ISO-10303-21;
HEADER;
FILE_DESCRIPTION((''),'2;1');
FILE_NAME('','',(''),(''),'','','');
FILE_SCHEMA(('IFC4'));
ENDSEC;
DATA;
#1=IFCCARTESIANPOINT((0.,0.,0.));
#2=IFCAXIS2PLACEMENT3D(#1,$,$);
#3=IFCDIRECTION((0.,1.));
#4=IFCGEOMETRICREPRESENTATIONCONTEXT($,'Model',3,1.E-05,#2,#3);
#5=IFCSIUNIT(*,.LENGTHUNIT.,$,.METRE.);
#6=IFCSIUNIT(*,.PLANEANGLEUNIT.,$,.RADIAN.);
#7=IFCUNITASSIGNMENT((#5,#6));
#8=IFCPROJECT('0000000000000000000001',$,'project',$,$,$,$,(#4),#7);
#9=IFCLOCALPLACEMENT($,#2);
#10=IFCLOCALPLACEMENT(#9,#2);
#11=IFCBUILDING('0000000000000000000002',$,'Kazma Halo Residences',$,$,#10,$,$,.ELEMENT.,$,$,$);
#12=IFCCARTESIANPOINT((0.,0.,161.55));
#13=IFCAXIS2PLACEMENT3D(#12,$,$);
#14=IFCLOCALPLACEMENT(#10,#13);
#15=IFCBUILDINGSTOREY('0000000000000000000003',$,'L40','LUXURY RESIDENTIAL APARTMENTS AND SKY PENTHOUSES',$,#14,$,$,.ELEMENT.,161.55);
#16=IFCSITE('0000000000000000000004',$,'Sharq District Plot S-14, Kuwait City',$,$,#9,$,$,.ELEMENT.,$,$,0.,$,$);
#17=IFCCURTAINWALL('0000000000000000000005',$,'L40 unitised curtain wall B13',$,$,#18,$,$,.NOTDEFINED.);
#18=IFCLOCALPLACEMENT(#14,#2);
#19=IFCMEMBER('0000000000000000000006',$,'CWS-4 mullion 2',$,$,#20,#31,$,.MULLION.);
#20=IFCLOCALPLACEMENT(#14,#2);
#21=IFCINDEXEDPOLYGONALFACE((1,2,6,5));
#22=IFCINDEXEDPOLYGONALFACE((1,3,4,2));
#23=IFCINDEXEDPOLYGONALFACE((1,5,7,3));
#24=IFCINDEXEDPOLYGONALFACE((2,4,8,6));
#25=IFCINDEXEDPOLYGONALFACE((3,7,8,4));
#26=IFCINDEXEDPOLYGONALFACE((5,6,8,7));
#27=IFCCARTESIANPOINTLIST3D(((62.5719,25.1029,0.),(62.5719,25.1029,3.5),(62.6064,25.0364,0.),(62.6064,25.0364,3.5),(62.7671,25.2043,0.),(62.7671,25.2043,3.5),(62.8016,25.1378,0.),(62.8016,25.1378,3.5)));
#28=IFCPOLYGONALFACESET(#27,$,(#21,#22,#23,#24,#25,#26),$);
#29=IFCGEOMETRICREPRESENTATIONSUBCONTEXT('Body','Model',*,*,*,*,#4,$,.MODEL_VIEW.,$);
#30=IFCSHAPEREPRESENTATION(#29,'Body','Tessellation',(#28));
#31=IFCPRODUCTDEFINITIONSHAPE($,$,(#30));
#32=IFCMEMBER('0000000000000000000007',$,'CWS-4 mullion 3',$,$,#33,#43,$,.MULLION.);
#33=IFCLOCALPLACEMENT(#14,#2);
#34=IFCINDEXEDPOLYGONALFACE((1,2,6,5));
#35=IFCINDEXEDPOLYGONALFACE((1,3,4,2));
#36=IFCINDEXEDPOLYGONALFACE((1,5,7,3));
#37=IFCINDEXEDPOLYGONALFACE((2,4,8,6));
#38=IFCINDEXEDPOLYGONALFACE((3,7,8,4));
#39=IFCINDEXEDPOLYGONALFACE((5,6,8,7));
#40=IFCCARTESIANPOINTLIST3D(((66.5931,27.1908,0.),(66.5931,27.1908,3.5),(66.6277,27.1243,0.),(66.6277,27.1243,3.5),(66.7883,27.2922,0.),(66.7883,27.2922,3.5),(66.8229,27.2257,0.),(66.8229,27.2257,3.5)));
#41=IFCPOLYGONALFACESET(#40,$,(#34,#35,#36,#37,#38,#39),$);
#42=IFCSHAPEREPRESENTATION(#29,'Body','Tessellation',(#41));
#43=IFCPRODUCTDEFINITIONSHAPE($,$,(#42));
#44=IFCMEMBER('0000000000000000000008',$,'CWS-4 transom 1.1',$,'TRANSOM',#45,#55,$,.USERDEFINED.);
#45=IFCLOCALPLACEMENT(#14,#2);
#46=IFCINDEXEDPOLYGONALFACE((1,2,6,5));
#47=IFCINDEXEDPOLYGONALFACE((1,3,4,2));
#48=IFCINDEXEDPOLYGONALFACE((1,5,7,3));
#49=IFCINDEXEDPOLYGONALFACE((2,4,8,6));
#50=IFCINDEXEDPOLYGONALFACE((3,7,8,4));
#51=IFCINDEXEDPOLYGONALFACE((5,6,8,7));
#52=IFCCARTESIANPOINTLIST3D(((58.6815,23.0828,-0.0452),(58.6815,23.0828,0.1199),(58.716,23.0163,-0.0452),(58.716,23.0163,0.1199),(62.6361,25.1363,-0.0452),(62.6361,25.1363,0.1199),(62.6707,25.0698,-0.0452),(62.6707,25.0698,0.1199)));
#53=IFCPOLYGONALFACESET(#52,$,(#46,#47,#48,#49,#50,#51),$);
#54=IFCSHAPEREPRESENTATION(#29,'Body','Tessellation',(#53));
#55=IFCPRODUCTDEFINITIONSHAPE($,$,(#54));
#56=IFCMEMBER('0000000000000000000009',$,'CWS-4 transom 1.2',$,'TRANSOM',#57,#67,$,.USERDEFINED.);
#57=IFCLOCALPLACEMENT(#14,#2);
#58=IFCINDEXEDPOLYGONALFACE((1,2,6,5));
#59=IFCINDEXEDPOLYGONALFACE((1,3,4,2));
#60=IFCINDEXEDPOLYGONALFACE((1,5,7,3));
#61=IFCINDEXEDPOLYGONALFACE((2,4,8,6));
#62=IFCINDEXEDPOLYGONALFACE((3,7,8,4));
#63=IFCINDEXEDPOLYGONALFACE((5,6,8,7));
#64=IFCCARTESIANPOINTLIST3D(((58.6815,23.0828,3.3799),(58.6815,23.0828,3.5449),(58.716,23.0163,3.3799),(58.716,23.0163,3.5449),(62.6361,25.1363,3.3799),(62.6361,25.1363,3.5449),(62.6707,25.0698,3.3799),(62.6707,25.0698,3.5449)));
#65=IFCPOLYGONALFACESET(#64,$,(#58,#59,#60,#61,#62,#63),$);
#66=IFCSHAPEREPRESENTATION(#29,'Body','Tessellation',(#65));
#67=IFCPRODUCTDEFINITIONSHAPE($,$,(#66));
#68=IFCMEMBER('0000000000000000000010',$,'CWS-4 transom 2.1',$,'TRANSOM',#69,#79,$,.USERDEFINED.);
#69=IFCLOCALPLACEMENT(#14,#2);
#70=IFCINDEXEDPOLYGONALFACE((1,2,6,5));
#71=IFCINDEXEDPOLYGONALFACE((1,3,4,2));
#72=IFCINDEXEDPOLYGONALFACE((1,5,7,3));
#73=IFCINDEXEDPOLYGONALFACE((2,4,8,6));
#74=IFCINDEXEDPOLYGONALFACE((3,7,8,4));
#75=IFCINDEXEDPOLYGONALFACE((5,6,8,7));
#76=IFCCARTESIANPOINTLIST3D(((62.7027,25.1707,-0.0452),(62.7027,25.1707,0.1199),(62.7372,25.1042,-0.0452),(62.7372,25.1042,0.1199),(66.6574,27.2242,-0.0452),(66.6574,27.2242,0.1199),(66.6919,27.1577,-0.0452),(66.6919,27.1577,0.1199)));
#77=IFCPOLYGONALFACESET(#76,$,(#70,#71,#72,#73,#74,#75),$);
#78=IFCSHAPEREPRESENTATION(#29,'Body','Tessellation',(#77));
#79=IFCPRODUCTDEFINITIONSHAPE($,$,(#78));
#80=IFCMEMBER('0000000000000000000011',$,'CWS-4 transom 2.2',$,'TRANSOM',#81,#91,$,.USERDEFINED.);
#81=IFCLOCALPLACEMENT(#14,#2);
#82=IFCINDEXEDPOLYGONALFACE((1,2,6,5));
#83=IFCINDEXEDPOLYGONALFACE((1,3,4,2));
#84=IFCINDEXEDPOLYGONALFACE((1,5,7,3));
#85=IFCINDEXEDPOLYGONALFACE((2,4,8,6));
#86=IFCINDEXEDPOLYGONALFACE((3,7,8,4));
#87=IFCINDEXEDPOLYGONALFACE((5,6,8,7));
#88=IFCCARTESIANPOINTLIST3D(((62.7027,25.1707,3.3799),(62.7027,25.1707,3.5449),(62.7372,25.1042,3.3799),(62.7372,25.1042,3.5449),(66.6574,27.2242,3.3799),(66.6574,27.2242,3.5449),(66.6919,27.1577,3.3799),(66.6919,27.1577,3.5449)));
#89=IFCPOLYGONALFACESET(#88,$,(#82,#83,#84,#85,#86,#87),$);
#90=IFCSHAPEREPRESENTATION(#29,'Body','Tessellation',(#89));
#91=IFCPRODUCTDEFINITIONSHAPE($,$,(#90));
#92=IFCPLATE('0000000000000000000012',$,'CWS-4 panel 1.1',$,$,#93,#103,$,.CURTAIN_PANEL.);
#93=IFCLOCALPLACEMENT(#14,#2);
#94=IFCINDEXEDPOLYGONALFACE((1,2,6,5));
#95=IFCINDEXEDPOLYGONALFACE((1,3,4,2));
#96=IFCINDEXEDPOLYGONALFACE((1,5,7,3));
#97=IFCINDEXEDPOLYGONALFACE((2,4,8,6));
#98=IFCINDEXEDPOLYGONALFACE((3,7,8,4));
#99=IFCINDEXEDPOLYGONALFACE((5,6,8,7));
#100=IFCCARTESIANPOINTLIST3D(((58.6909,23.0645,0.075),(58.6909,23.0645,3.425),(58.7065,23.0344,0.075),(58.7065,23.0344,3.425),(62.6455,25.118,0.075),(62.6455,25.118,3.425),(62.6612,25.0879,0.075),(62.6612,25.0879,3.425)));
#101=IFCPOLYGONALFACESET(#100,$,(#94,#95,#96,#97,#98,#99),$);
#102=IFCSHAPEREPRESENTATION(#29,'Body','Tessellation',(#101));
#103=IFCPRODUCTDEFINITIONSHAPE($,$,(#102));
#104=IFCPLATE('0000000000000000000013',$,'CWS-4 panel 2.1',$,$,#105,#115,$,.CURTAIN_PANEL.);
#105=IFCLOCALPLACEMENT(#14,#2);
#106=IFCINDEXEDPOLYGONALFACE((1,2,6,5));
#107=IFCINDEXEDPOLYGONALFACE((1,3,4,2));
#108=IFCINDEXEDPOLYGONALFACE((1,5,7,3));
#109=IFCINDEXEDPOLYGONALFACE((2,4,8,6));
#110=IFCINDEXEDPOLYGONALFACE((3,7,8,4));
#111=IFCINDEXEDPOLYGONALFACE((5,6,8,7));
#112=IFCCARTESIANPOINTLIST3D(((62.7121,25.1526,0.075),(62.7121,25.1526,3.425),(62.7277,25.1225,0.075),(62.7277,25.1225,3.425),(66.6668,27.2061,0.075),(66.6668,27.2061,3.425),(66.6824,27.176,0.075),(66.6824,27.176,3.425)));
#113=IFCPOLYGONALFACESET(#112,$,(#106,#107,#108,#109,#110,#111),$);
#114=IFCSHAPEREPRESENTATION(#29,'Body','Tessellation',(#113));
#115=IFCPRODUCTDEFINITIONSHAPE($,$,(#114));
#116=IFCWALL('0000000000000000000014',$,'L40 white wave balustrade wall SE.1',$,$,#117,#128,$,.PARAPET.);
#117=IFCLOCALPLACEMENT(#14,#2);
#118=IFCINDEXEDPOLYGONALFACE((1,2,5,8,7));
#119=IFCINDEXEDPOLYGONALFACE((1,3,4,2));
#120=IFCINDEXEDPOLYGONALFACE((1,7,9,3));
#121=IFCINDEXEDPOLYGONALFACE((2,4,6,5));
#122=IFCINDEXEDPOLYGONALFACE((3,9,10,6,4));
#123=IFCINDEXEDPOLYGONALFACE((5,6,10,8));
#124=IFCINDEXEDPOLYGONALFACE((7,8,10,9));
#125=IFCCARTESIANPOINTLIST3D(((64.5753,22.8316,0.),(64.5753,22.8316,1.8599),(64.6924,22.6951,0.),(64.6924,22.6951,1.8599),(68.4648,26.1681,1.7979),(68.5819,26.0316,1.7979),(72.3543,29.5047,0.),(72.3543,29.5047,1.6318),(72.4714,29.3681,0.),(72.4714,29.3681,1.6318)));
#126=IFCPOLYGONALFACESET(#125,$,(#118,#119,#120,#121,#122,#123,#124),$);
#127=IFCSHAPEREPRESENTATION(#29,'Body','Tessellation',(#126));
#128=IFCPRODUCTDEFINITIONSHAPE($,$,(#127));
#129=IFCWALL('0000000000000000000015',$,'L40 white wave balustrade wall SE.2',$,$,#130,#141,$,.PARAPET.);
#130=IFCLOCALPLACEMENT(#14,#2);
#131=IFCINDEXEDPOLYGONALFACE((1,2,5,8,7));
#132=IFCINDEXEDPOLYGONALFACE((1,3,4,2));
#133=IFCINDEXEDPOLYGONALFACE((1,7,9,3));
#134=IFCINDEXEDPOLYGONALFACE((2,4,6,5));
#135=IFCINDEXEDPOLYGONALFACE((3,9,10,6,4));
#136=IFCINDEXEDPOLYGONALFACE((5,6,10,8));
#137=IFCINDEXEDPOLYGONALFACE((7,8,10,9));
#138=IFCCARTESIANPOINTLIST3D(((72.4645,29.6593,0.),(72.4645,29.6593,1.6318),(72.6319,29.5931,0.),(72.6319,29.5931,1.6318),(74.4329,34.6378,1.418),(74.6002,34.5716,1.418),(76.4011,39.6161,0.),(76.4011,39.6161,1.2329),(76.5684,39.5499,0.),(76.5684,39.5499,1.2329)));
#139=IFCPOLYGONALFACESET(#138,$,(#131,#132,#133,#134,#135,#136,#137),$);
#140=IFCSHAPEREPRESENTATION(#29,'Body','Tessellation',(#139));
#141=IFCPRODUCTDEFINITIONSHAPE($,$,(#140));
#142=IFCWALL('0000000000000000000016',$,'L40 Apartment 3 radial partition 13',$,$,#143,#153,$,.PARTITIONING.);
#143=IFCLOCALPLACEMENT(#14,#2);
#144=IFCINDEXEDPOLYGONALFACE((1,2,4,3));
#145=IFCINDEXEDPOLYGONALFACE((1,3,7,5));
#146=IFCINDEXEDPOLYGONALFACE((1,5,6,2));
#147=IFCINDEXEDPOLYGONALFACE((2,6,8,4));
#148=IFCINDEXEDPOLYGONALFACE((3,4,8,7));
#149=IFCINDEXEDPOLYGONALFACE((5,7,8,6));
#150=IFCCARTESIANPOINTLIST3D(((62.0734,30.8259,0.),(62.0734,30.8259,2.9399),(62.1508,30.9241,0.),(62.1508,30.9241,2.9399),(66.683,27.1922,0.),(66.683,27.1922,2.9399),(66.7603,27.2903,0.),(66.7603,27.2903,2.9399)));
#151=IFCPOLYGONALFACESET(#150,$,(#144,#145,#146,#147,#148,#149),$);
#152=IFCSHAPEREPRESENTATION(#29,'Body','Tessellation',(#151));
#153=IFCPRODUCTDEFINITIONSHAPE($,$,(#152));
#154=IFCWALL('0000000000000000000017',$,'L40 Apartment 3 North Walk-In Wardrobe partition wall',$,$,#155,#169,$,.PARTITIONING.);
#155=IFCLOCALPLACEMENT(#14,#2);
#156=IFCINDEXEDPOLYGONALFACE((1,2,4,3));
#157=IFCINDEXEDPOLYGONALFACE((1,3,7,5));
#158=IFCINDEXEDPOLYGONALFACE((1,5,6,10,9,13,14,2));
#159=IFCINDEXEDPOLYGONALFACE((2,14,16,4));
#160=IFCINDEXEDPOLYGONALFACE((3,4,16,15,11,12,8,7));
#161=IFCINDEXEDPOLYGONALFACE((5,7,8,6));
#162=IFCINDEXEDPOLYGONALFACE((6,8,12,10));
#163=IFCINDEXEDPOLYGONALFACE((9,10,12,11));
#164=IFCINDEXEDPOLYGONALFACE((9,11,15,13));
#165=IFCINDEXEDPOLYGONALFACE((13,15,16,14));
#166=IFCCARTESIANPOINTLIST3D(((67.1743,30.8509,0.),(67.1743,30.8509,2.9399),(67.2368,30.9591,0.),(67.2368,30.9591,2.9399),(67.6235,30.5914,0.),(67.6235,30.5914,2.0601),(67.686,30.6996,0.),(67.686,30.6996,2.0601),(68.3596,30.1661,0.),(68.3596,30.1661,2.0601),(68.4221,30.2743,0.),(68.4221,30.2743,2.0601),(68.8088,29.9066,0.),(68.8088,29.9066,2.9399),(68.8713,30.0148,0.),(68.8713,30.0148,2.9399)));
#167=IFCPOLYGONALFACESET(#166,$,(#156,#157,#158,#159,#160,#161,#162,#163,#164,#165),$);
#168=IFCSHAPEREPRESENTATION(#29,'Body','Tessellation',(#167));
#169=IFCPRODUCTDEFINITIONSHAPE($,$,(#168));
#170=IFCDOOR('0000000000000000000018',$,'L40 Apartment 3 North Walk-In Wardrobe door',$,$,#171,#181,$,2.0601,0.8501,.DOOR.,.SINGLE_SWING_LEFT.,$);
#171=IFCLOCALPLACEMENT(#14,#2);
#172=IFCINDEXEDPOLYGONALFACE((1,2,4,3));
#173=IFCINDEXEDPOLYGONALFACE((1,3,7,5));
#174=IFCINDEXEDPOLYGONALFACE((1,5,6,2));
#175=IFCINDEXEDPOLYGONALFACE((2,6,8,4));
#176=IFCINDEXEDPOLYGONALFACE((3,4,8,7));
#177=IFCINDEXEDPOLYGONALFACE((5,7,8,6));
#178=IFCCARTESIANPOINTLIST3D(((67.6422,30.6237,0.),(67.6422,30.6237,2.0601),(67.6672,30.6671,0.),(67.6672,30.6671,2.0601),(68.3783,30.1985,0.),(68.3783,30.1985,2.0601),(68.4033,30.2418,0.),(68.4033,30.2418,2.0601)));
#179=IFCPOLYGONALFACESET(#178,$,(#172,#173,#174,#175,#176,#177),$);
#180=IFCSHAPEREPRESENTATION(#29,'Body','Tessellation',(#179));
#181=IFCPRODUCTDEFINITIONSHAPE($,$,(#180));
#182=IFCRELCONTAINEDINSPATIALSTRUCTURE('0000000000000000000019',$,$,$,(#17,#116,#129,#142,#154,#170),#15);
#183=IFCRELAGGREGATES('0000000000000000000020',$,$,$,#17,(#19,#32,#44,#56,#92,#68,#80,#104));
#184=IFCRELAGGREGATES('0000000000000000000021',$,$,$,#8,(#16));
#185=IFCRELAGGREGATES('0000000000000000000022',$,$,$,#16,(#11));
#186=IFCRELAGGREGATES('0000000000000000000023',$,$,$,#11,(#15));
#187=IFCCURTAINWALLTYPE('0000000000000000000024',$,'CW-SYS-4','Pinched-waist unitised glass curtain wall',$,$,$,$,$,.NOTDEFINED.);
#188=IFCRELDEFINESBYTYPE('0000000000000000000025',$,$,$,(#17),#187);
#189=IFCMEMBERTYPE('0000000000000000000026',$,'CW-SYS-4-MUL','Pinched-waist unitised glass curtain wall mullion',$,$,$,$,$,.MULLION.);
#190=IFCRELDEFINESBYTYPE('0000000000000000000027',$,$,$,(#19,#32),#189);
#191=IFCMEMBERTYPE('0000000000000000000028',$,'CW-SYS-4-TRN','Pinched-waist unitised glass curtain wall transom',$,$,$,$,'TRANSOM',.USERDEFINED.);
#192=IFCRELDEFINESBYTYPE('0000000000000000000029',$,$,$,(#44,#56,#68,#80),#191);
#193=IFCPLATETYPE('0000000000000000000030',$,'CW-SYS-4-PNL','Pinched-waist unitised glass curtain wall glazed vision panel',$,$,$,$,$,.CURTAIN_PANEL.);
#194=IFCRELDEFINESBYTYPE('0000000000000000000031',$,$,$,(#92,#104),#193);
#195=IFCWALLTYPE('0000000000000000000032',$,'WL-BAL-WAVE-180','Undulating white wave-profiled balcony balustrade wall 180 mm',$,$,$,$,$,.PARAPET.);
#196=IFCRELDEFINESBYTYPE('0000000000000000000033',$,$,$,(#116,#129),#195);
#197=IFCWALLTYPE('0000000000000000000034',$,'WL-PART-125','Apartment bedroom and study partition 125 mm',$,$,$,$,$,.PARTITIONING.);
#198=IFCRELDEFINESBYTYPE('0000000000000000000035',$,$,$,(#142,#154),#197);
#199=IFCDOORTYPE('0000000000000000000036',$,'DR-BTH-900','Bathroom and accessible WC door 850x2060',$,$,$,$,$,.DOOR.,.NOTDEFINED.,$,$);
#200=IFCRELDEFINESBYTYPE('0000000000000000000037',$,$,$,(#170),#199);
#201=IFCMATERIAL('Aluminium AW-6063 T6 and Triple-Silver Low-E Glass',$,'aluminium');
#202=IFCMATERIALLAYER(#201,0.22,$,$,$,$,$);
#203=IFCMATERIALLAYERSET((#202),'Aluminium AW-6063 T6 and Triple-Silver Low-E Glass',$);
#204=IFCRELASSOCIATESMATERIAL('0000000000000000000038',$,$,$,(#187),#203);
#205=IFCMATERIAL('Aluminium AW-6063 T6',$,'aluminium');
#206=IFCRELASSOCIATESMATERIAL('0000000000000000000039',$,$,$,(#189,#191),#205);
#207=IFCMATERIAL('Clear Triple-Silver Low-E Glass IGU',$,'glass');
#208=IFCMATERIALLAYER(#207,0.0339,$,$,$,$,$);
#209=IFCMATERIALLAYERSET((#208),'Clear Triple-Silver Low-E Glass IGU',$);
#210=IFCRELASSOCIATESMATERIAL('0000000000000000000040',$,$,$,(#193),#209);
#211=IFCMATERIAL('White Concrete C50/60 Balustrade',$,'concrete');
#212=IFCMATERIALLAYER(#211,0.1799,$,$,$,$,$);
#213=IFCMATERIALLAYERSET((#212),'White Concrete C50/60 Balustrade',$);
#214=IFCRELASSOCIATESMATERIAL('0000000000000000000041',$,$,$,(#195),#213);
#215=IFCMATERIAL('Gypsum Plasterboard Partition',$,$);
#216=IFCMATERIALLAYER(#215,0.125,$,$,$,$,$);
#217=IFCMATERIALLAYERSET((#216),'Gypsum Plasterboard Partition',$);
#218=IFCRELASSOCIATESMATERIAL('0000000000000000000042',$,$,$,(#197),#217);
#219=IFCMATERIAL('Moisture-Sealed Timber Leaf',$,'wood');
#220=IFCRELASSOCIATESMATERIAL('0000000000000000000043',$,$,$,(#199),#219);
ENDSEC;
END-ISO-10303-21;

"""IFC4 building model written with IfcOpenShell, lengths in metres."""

from ifc_helpers import new_model, si_unit, direction, frame, frame_2d, origin, origin_2d, place, context, subcontext, project, spatial, polyline, rectangle, outline, extrude, material, layer, layer_set, material_profile, profile_set, type_object, element, fill, aggregate, save


model = new_model("IFC4")

# Units and contexts
model_context = context("Model", 3, precision=1e-05, world=origin(), true_north=direction((0.0, 1.0)))
body_context = subcontext(model_context, "Body", "Model", "MODEL_VIEW")
ifc_project = project(units=[si_unit("LENGTHUNIT", "METRE"), si_unit("PLANEANGLEUNIT", "RADIAN")], contexts=[model_context])

# Site, building, storey
site_placement = place(None, origin())
site = spatial("IfcSite", under=ifc_project, at=site_placement, Name="Sharq District Plot S-14, Kuwait City", CompositionType="ELEMENT", RefElevation=0.0)
building_placement = place(site_placement, origin())
building = spatial("IfcBuilding", under=site, at=building_placement, Name="Kazma Halo Residences", CompositionType="ELEMENT")
storey_placement = place(building_placement, frame((0.0, 0.0, 161.55)))
storey = spatial("IfcBuildingStorey", under=building, at=storey_placement, Name="L40", Description="LUXURY RESIDENTIAL APARTMENTS AND SKY PENTHOUSES", CompositionType="ELEMENT", Elevation=161.55)

# Curtain wall, members, plates
ifc_material_1 = material(Name="Aluminium AW-6063 T6 and Triple-Silver Low-E Glass", Category="aluminium")
ifc_layer_1 = layer(ifc_material_1, 0.22)
ifc_layer_set_1 = layer_set([ifc_layer_1], Name="Aluminium AW-6063 T6 and Triple-Silver Low-E Glass")
curtain_wall_type = type_object("IfcCurtainWallType", Name="CW-SYS-4", Description="Pinched-waist unitised glass curtain wall", PredefinedType="NOTDEFINED", material=ifc_layer_set_1)
curtain_wall_placement = place(storey_placement, origin())
curtain_wall = element("IfcCurtainWall", 1, at=curtain_wall_placement, inside=storey, type_object=curtain_wall_type, Name="L40 unitised curtain wall B13", PredefinedType="NOTDEFINED")
ifc_material_2 = material(Name="Aluminium AW-6063 T6", Category="aluminium")
ifc_material_profile_1 = material_profile(ifc_material_2, rectangle(XDim=0.075, YDim=0.22, at=origin_2d()), Name="CWM-75x220")
ifc_profile_set_1 = profile_set([ifc_material_profile_1], Name="Aluminium AW-6063 T6")
member_type_1 = type_object("IfcMemberType", Name="CW-SYS-4-MUL", Description="Pinched-waist unitised glass curtain wall mullion", PredefinedType="MULLION", material=ifc_profile_set_1)
member_1_placement = place(storey_placement, frame((62.6868, 25.1204, 0.0), z_axis=(0.0, 0.0, 1.0), x_axis=(-0.460837, 0.887485, 0.0)))
member_1 = element("IfcMember", 2, at=member_1_placement, type_object=member_type_1, Name="CWS-4 mullion 2", PredefinedType="MULLION", context=body_context, shape_type="SweptSolid", body=[
    extrude(rectangle(XDim=0.075, YDim=0.22, at=origin_2d()), origin(), (0.0, 0.0, 1.0), 3.5),
])
member_2_placement = place(storey_placement, frame((66.708, 27.2083, 0.0), z_axis=(0.0, 0.0, 1.0), x_axis=(-0.460837, 0.887485, 0.0)))
member_2 = element("IfcMember", 3, at=member_2_placement, type_object=member_type_1, Name="CWS-4 mullion 3", PredefinedType="MULLION", context=body_context, shape_type="SweptSolid", body=[
    extrude(rectangle(XDim=0.075, YDim=0.22, at=origin_2d()), origin(), (0.0, 0.0, 1.0), 3.5),
])
ifc_material_profile_2 = material_profile(ifc_material_2, rectangle(XDim=0.075, YDim=0.165, at=origin_2d()), Name="CWT-75x165")
ifc_profile_set_2 = profile_set([ifc_material_profile_2], Name="Aluminium AW-6063 T6")
member_type_2 = type_object("IfcMemberType", Name="CW-SYS-4-TRN", Description="Pinched-waist unitised glass curtain wall transom", ElementType="TRANSOM", PredefinedType="USERDEFINED", material=ifc_profile_set_2)
member_3_placement = place(storey_placement, frame((58.6987, 23.0496, 0.0374), z_axis=(0.887485, 0.460837, 0.0), x_axis=(-0.460837, 0.887485, 0.0)))
member_3 = element("IfcMember", 4, at=member_3_placement, type_object=member_type_2, Name="CWS-4 transom 1.1", ObjectType="TRANSOM", PredefinedType="USERDEFINED", context=body_context, shape_type="SweptSolid", body=[
    extrude(rectangle(XDim=0.075, YDim=0.165, at=origin_2d()), origin(), (0.0, 0.0, 1.0), 4.4561),
])
member_4_placement = place(storey_placement, frame((58.6987, 23.0496, 3.4624), z_axis=(0.887485, 0.460837, 0.0), x_axis=(-0.460837, 0.887485, 0.0)))
member_4 = element("IfcMember", 5, at=member_4_placement, type_object=member_type_2, Name="CWS-4 transom 1.2", ObjectType="TRANSOM", PredefinedType="USERDEFINED", context=body_context, shape_type="SweptSolid", body=[
    extrude(rectangle(XDim=0.075, YDim=0.165, at=origin_2d()), origin(), (0.0, 0.0, 1.0), 4.4561),
])
member_5_placement = place(storey_placement, frame((62.72, 25.1375, 0.0374), z_axis=(0.887485, 0.460837, 0.0), x_axis=(-0.460837, 0.887485, 0.0)))
member_5 = element("IfcMember", 6, at=member_5_placement, type_object=member_type_2, Name="CWS-4 transom 2.1", ObjectType="TRANSOM", PredefinedType="USERDEFINED", context=body_context, shape_type="SweptSolid", body=[
    extrude(rectangle(XDim=0.075, YDim=0.165, at=origin_2d()), origin(), (0.0, 0.0, 1.0), 4.4561),
])
member_6_placement = place(storey_placement, frame((62.72, 25.1375, 3.4624), z_axis=(0.887485, 0.460837, 0.0), x_axis=(-0.460837, 0.887485, 0.0)))
member_6 = element("IfcMember", 7, at=member_6_placement, type_object=member_type_2, Name="CWS-4 transom 2.2", ObjectType="TRANSOM", PredefinedType="USERDEFINED", context=body_context, shape_type="SweptSolid", body=[
    extrude(rectangle(XDim=0.075, YDim=0.165, at=origin_2d()), origin(), (0.0, 0.0, 1.0), 4.4561),
])
ifc_material_3 = material(Name="Clear Triple-Silver Low-E Glass IGU", Category="glass")
ifc_layer_2 = layer(ifc_material_3, 0.0339)
ifc_layer_set_2 = layer_set([ifc_layer_2], Name="Clear Triple-Silver Low-E Glass IGU")
plate_type = type_object("IfcPlateType", Name="CW-SYS-4-PNL", Description="Pinched-waist unitised glass curtain wall glazed vision panel", PredefinedType="CURTAIN_PANEL", material=ifc_layer_set_2)
plate_1_placement = place(storey_placement, frame((60.676, 24.0762, 0.075), z_axis=(0.0, 0.0, 1.0), x_axis=(0.887485, 0.460837, 0.0)))
plate_1 = element("IfcPlate", 8, at=plate_1_placement, type_object=plate_type, Name="CWS-4 panel 1.1", PredefinedType="CURTAIN_PANEL", context=body_context, shape_type="SweptSolid", body=[
    extrude(rectangle(XDim=4.4561, YDim=0.0339, at=origin_2d()), origin(), (0.0, 0.0, 1.0), 3.3501),
])
plate_2_placement = place(storey_placement, frame((64.6973, 26.1643, 0.075), z_axis=(0.0, 0.0, 1.0), x_axis=(0.887485, 0.460837, 0.0)))
plate_2 = element("IfcPlate", 9, at=plate_2_placement, type_object=plate_type, Name="CWS-4 panel 2.1", PredefinedType="CURTAIN_PANEL", context=body_context, shape_type="SweptSolid", body=[
    extrude(rectangle(XDim=4.4561, YDim=0.0339, at=origin_2d()), origin(), (0.0, 0.0, 1.0), 3.3501),
])
aggregate(curtain_wall, [member_1, member_2, member_3, member_4, plate_1, member_5, member_6, plate_2])

# Walls
ifc_material_4 = material(Name="White Concrete C50/60 Balustrade", Category="concrete")
ifc_layer_3 = layer(ifc_material_4, 0.1799)
ifc_layer_set_3 = layer_set([ifc_layer_3], Name="White Concrete C50/60 Balustrade")
wall_type_1 = type_object("IfcWallType", Name="WL-BAL-WAVE-180", Description="Undulating white wave-profiled balcony balustrade wall 180 mm", PredefinedType="PARAPET", material=ifc_layer_set_3)
wall_1_placement = place(storey_placement, frame((64.6338, 22.7634, 0.0), z_axis=(0.0, 0.0, 1.0), x_axis=(0.758999, 0.651091, 0.0)))
element("IfcWall", 10, at=wall_1_placement, inside=storey, type_object=wall_type_1, Name="L40 white wave balustrade wall SE.1", PredefinedType="PARAPET", context=body_context, shape_type="SweptSolid", body=[
    extrude(outline(polyline([(0.0, 0.0), (10.249, 0.0), (10.249, 1.6318), (5.1245, 1.7979), (0.0, 1.8599), (0.0, 0.0)])), frame((0.0, 0.0898, 0.0), z_axis=(0.0, -1.0, 0.0), x_axis=(1.0, 0.0, 0.0)), (0.0, 0.0, 1.0), 0.1799),
])
wall_2_placement = place(storey_placement, frame((72.5481, 29.6262, 0.0), z_axis=(0.0, 0.0, 1.0), x_axis=(0.367669, 0.929957, 0.0)))
element("IfcWall", 11, at=wall_2_placement, inside=storey, type_object=wall_type_1, Name="L40 white wave balustrade wall SE.2", PredefinedType="PARAPET", context=body_context, shape_type="SweptSolid", body=[
    extrude(outline(polyline([(0.0, 0.0), (10.7068, 0.0), (10.7068, 1.2329), (5.3535, 1.418), (0.0, 1.6318), (0.0, 0.0)])), frame((0.0, 0.0898, 0.0), z_axis=(0.0, -1.0, 0.0), x_axis=(1.0, 0.0, 0.0)), (0.0, 0.0, 1.0), 0.1799),
])

# Wall
ifc_material_5 = material(Name="Gypsum Plasterboard Partition")
ifc_layer_4 = layer(ifc_material_5, 0.125)
ifc_layer_set_4 = layer_set([ifc_layer_4], Name="Gypsum Plasterboard Partition")
wall_type_2 = type_object("IfcWallType", Name="WL-PART-125", Description="Apartment bedroom and study partition 125 mm", PredefinedType="PARTITIONING", material=ifc_layer_set_4)
wall_3_placement = place(storey_placement, frame((62.1121, 30.875, 0.0), z_axis=(0.0, 0.0, 1.0), x_axis=(0.785329, -0.619079, 0.0)))
element("IfcWall", 12, at=wall_3_placement, inside=storey, type_object=wall_type_2, Name="L40 Apartment 3 radial partition 13", PredefinedType="PARTITIONING", context=body_context, shape_type="SweptSolid", body=[
    extrude(rectangle(XDim=5.8696, YDim=0.125, at=frame_2d((2.9348, 0.0))), origin(), (0.0, 0.0, 1.0), 2.9399),
])

# Wall, opening, door
wall_4_placement = place(storey_placement, frame((67.2056, 30.905, 0.0), z_axis=(0.0, 0.0, 1.0), x_axis=(0.865878, -0.500256, 0.0)))
wall_4 = element("IfcWall", 13, at=wall_4_placement, inside=storey, type_object=wall_type_2, Name="L40 Apartment 3 North Walk-In Wardrobe partition wall", PredefinedType="PARTITIONING", context=body_context, shape_type="SweptSolid", body=[
    extrude(rectangle(XDim=1.8877, YDim=0.125, at=frame_2d((0.9438, 0.0))), origin(), (0.0, 0.0, 1.0), 2.9399),
])
opening_1_placement = place(wall_4_placement, frame((0.5188, 0.0, 0.0)))
opening_1 = element("IfcOpeningElement", 14, at=opening_1_placement, cuts=wall_4, PredefinedType="OPENING", context=body_context, shape_type="SweptSolid", body=[
    extrude(rectangle(XDim=0.8501, YDim=2.0601, at=frame_2d((0.425, 1.03))), frame((0.0, 0.0725, 0.0), z_axis=(0.0, -1.0, 0.0), x_axis=(1.0, 0.0, 0.0)), (0.0, 0.0, 1.0), 0.145),
])
ifc_material_6 = material(Name="Moisture-Sealed Timber Leaf", Category="wood")
door_type_1 = type_object("IfcDoorType", Name="DR-BTH-900", Description="Bathroom and accessible WC door 850x2060", OperationType="NOTDEFINED", PredefinedType="DOOR", material=ifc_material_6)
door_1_placement = place(opening_1_placement, origin())
door_1 = element("IfcDoor", 15, at=door_1_placement, inside=storey, type_object=door_type_1, Name="L40 Apartment 3 North Walk-In Wardrobe door", OperationType="SINGLE_SWING_LEFT", OverallHeight=2.0601, OverallWidth=0.8501, PredefinedType="DOOR", context=body_context, shape_type="SweptSolid", body=[
    extrude(rectangle(XDim=0.8501, YDim=2.0601, at=frame_2d((0.425, 1.03))), frame((0.0, 0.0249, 0.0), z_axis=(0.0, -1.0, 0.0), x_axis=(1.0, 0.0, 0.0)), (0.0, 0.0, 1.0), 0.05),
])
fill(opening_1, door_1)

save(model, "model.ifc")
